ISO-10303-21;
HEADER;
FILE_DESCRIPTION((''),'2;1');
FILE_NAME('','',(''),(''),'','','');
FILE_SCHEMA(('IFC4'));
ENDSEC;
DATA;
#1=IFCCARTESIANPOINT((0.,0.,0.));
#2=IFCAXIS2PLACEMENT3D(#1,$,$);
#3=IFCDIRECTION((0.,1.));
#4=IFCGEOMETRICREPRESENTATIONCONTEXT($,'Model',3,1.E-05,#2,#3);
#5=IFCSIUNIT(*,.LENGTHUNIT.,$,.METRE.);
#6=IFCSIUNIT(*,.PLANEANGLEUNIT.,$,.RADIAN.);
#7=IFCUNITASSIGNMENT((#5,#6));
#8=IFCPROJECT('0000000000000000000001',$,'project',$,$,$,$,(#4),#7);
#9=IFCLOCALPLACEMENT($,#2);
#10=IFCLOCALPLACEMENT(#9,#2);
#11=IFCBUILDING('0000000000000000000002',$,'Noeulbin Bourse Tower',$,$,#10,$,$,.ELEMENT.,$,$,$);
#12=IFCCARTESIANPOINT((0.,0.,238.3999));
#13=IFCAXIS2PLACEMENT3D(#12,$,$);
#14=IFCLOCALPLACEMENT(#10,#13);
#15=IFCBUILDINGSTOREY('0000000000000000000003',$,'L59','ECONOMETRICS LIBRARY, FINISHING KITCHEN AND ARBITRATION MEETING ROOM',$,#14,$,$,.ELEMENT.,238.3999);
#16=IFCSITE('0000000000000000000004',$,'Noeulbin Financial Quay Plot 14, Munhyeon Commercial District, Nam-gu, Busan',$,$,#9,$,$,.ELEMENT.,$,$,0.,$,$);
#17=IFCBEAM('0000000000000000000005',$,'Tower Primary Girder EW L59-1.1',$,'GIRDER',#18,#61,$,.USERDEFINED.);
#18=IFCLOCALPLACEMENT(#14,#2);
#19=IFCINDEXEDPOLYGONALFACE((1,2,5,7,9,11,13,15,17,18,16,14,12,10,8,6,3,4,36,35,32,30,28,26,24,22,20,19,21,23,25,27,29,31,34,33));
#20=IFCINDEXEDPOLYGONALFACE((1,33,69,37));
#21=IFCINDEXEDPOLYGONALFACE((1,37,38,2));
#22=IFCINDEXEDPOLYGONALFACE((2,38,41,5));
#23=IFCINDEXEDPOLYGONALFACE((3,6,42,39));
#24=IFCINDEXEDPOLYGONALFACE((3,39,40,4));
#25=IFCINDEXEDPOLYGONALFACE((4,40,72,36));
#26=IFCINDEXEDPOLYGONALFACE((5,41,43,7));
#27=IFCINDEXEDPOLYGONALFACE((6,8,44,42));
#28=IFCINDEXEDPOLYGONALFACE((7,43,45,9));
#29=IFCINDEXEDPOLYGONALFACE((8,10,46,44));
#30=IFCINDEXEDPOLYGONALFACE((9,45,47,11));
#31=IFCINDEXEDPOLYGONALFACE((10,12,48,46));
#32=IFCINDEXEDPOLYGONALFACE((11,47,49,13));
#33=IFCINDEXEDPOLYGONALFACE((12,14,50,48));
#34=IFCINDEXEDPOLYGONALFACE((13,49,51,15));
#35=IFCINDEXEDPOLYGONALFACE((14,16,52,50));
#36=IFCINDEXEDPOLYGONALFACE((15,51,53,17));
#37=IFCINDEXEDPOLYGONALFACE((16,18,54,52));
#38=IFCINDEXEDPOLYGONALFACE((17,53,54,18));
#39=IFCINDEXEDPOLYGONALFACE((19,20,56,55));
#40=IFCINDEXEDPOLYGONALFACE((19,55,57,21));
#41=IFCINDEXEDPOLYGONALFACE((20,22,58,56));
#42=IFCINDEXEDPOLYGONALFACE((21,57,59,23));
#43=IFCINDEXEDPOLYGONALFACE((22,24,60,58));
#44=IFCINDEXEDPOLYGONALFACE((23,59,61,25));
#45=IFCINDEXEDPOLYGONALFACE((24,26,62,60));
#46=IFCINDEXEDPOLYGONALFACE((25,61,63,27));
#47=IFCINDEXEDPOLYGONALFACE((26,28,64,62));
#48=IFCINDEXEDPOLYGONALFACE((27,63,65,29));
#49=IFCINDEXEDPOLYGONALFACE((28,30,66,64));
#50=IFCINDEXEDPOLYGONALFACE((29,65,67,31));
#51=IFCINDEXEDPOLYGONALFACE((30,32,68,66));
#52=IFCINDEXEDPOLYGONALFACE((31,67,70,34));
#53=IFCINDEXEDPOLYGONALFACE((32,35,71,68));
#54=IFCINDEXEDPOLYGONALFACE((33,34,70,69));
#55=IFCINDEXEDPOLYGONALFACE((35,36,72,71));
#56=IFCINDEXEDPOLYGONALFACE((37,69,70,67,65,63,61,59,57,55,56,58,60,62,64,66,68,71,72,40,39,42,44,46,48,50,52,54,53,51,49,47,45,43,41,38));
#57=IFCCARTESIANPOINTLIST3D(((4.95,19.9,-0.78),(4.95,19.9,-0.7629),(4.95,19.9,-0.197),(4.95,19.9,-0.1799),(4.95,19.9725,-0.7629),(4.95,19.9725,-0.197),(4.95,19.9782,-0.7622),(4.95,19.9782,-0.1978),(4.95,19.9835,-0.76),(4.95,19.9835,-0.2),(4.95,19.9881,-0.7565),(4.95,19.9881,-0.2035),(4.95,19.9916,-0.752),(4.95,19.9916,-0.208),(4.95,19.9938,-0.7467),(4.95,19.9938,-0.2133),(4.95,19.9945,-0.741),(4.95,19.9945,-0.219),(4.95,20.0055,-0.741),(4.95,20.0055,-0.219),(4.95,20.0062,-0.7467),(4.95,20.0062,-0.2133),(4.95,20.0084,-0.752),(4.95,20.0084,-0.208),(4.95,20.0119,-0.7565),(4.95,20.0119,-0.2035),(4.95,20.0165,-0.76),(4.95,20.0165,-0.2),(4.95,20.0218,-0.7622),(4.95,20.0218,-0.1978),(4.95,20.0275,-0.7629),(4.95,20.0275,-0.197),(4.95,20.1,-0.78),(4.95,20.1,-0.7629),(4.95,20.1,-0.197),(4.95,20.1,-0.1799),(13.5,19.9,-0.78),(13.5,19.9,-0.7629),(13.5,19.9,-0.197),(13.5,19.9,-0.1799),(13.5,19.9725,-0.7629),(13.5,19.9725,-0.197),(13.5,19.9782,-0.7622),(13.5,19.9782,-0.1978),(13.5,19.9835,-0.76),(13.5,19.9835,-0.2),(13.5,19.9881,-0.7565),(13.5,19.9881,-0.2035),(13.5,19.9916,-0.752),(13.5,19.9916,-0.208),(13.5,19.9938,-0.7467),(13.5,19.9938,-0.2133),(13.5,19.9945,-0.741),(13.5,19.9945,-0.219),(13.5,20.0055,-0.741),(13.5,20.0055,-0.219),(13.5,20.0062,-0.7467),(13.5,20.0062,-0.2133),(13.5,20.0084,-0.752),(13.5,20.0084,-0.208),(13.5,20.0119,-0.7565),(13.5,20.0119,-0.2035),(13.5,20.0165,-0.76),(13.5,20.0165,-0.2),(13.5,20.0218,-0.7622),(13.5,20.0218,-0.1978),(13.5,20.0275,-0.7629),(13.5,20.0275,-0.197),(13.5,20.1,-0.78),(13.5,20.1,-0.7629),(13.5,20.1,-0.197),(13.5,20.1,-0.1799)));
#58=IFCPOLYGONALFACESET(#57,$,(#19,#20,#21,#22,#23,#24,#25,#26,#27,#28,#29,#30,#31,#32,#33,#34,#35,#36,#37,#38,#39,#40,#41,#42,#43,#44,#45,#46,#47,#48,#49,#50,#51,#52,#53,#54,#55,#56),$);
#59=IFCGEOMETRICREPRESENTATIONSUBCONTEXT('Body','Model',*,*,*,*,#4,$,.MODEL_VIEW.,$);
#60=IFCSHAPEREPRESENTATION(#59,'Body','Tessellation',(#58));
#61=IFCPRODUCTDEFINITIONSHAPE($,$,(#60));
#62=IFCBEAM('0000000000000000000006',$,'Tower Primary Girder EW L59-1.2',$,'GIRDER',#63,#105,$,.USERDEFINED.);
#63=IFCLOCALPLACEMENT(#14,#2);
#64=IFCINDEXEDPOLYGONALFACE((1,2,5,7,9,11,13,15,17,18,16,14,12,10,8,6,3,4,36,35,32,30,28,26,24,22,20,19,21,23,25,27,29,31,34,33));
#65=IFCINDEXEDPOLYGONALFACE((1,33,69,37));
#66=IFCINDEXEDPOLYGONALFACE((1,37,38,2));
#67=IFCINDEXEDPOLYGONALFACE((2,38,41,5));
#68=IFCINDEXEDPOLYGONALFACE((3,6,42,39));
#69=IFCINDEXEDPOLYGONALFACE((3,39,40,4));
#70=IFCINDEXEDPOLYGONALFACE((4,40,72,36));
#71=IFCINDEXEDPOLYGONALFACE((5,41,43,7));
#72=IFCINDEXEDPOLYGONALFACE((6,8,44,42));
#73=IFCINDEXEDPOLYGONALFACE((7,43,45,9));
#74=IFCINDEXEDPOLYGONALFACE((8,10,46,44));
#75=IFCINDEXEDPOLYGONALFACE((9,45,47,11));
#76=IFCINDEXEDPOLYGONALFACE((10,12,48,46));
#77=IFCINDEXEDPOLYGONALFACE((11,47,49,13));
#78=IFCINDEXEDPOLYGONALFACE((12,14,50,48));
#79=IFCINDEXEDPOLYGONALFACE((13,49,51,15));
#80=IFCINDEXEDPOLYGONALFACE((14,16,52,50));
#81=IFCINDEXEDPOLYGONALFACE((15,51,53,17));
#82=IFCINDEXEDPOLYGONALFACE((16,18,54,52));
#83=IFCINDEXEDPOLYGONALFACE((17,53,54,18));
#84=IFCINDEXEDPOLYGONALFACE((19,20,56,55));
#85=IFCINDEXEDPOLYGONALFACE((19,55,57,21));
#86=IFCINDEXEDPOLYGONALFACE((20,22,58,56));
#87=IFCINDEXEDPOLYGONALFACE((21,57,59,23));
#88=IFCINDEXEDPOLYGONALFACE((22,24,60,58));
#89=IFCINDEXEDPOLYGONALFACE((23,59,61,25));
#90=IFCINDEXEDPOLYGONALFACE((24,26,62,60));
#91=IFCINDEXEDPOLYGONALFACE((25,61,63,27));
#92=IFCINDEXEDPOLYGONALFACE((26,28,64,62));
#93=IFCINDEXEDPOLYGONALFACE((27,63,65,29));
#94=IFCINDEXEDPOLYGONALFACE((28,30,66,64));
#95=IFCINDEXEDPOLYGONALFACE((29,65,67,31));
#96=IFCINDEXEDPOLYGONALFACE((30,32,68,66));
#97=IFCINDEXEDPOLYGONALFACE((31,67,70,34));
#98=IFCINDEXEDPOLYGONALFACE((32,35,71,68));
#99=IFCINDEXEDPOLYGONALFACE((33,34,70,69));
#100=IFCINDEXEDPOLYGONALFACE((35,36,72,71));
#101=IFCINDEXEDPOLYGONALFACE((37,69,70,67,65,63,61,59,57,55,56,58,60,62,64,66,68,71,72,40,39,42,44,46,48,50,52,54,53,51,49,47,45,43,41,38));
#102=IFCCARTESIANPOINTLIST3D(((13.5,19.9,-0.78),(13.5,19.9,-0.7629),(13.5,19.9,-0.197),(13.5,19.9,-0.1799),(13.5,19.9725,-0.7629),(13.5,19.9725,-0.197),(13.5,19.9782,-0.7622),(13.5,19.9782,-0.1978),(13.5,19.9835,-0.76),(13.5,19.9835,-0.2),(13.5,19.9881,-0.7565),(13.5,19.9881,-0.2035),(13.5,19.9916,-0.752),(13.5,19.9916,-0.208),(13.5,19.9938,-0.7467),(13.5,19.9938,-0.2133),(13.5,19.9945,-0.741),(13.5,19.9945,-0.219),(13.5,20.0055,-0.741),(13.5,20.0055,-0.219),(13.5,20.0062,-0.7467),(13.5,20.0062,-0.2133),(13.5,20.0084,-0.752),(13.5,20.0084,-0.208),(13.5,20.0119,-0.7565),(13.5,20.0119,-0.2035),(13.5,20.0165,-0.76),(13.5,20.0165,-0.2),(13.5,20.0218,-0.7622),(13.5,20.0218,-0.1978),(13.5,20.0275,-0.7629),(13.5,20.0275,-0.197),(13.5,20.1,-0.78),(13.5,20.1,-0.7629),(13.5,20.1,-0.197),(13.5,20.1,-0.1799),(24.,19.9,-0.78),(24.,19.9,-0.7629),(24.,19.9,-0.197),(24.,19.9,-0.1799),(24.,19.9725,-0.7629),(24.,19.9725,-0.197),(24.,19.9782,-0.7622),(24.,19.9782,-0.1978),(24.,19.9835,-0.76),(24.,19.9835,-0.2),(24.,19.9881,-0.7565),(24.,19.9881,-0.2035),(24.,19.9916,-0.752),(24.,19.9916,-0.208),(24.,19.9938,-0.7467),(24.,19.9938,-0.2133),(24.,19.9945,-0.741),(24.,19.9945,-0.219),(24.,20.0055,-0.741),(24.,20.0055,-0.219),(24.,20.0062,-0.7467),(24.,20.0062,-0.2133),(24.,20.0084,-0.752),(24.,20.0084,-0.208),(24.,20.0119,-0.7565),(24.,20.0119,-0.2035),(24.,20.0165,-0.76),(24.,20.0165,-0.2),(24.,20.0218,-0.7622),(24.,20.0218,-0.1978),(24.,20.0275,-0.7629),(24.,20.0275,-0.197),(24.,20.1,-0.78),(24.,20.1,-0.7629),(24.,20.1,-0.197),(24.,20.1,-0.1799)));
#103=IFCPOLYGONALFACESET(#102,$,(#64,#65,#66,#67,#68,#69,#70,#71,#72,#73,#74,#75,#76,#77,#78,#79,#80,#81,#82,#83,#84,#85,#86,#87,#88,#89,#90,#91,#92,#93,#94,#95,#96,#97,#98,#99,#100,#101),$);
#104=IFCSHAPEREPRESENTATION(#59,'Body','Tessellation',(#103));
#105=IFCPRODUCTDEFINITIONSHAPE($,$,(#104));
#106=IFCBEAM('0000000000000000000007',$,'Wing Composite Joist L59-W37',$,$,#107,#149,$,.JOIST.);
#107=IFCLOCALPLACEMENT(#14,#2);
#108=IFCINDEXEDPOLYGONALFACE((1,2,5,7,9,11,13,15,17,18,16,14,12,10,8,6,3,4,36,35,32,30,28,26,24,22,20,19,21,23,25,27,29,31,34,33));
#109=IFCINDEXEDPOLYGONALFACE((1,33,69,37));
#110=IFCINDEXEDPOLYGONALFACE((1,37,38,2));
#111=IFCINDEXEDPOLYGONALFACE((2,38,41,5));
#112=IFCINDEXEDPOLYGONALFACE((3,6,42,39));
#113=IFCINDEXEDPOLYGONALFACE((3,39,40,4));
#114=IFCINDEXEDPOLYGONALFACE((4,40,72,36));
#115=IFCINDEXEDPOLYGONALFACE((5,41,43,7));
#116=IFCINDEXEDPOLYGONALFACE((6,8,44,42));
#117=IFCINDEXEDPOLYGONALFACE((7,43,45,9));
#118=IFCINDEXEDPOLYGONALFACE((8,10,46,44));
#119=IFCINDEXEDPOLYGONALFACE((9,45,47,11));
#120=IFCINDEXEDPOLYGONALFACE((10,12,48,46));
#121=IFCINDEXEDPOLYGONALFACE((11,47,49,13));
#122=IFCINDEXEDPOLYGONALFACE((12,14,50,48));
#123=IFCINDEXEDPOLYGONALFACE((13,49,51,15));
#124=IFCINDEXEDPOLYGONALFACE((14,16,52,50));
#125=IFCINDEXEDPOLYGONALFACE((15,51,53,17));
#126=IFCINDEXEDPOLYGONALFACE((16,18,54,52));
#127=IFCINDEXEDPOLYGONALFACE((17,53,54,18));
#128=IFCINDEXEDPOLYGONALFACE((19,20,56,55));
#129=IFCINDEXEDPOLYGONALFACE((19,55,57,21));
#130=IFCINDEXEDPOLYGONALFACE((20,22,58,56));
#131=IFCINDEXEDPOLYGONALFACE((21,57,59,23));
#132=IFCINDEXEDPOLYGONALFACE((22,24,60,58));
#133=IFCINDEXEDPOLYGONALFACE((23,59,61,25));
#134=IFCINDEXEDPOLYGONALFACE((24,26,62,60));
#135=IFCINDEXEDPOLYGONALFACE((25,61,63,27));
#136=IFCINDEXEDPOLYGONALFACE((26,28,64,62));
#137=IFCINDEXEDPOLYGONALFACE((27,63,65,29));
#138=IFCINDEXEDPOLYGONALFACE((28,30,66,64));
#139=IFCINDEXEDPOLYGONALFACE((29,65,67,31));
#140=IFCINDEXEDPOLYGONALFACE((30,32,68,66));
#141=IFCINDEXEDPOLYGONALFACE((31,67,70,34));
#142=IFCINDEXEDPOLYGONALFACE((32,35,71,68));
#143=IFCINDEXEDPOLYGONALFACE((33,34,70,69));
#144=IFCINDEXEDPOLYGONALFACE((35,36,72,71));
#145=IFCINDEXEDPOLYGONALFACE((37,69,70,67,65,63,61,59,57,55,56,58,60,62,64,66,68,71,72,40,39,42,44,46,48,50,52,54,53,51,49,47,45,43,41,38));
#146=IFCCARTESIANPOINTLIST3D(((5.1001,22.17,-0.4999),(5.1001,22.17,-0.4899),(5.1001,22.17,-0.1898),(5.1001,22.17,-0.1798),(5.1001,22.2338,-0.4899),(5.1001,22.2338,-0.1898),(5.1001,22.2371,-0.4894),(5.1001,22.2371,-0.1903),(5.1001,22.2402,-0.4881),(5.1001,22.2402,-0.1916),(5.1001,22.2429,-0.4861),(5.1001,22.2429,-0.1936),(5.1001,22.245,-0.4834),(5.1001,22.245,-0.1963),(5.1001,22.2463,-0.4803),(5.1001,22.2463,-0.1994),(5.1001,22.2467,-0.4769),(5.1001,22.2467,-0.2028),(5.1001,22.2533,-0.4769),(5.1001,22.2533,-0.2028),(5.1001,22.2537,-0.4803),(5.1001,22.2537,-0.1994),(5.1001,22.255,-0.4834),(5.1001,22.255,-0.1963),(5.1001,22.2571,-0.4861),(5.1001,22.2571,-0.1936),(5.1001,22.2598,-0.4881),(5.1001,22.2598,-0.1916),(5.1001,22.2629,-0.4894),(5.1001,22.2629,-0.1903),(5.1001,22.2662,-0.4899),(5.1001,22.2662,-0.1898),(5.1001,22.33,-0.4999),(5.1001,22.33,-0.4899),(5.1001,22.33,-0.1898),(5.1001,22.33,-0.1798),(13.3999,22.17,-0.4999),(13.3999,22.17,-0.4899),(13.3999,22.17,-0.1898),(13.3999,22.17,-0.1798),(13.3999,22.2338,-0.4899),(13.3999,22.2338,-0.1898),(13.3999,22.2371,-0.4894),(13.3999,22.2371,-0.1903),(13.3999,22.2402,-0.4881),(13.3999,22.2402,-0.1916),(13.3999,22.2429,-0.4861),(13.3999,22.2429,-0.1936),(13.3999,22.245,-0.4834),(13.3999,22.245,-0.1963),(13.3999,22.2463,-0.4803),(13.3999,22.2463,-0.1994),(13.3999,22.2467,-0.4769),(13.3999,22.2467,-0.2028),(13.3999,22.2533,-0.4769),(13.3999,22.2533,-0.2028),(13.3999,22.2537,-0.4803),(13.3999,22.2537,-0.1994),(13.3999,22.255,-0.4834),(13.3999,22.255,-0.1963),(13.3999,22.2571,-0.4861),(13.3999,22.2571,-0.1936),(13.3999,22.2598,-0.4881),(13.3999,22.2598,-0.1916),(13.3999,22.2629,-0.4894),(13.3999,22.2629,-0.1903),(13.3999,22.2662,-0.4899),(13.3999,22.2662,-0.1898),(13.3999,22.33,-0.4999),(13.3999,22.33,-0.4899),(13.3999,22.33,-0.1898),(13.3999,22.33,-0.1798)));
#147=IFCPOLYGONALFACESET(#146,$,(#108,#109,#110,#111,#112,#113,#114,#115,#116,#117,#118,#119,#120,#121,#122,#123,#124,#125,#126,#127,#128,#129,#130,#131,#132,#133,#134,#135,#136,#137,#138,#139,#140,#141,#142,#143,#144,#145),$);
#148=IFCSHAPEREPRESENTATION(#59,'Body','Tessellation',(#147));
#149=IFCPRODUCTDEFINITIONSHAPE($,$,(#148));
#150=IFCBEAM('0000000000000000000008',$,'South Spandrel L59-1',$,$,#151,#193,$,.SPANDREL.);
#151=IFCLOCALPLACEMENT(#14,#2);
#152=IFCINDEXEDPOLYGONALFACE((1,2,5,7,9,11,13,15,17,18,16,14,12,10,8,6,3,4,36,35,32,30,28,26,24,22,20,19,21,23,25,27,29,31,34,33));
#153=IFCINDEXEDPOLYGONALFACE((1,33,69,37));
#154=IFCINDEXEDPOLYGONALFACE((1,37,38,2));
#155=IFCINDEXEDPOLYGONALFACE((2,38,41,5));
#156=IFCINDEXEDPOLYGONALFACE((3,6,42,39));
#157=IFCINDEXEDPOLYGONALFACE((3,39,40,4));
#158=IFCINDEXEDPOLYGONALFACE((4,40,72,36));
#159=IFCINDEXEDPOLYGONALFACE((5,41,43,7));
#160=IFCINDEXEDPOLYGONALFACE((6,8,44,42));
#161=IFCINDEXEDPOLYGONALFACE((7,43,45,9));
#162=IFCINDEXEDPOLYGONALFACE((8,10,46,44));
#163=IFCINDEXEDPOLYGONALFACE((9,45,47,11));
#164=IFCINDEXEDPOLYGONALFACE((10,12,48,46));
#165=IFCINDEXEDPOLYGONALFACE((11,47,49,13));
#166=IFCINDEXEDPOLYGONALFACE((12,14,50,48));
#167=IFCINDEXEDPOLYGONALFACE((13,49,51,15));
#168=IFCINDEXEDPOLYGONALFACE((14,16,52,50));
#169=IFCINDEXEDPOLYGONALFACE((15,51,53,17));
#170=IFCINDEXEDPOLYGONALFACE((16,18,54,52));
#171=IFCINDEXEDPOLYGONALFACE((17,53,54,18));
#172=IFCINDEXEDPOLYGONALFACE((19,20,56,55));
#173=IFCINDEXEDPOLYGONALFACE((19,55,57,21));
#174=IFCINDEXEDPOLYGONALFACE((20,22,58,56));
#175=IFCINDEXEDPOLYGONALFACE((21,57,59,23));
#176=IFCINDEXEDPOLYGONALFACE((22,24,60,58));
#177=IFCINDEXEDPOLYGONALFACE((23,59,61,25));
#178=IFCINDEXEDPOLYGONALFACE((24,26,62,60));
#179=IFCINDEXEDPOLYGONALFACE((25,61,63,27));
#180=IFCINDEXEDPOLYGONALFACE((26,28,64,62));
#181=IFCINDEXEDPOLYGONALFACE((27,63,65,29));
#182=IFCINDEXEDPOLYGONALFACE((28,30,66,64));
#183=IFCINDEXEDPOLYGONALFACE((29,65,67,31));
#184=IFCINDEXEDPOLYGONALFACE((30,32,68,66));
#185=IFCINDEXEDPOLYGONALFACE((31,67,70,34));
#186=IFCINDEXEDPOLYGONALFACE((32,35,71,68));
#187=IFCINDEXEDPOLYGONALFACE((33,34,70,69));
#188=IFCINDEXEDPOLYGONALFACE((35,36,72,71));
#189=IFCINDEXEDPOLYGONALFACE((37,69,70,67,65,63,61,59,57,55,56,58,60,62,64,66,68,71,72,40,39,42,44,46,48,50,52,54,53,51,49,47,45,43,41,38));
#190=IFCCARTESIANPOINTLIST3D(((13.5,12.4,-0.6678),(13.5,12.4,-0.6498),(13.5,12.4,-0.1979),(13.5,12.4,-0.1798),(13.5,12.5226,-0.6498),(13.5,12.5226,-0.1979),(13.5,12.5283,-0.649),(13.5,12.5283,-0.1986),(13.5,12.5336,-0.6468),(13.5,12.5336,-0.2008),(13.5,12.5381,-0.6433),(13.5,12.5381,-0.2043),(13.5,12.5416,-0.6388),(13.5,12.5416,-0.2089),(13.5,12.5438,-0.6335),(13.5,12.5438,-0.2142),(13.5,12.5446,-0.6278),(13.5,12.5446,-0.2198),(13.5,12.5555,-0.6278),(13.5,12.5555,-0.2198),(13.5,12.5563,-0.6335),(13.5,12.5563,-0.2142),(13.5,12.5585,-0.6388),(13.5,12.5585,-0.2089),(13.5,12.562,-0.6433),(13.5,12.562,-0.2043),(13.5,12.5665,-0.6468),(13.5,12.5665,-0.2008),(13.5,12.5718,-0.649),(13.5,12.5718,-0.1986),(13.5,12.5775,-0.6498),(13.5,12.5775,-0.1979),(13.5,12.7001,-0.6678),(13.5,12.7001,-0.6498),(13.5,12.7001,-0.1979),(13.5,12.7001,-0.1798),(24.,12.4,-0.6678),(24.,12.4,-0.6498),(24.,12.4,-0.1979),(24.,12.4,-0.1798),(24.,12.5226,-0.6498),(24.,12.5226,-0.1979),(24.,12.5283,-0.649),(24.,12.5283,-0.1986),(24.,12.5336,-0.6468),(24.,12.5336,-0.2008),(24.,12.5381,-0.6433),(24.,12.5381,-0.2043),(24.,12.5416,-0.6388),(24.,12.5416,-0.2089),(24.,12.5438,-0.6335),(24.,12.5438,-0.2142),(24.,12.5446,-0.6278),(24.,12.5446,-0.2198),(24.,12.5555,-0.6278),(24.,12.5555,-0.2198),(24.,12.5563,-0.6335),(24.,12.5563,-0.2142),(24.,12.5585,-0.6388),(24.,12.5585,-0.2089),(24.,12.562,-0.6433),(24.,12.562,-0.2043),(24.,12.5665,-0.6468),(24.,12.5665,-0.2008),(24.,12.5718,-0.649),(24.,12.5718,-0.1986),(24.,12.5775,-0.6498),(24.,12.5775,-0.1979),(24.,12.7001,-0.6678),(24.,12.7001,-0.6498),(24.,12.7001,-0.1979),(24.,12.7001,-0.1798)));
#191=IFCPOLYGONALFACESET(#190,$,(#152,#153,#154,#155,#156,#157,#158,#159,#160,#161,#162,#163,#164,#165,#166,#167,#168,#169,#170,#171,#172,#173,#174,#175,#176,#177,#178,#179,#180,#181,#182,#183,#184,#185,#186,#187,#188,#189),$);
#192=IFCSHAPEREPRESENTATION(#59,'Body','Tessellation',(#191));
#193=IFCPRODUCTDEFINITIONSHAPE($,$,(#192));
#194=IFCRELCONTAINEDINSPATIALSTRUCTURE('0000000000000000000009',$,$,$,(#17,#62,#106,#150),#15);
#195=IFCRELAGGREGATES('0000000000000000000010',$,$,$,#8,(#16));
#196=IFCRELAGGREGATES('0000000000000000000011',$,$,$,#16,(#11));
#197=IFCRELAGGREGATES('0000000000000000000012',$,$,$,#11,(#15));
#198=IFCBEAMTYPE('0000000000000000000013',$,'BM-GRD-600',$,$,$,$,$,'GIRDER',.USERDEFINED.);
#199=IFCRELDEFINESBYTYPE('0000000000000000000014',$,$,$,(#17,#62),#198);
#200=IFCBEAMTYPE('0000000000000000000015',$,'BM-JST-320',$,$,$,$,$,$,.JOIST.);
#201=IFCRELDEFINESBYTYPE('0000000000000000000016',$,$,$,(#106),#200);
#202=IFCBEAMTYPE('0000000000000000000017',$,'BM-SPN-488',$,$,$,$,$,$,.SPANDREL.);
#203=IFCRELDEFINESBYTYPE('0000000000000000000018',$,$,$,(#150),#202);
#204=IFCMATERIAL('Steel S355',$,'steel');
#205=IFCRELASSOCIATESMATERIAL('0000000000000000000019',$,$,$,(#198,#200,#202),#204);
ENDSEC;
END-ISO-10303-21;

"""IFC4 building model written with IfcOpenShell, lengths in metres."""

from ifc_helpers import new_model, si_unit, direction, frame, origin, origin_2d, place, context, subcontext, project, spatial, i_section, extrude, material, material_profile, profile_set, type_object, element, save


model = new_model("IFC4")

# Units and contexts
model_context = context("Model", 3, precision=1e-05, world=origin(), true_north=direction((0.0, 1.0)))
body_context = subcontext(model_context, "Body", "Model", "MODEL_VIEW")
ifc_project = project(units=[si_unit("LENGTHUNIT", "METRE"), si_unit("PLANEANGLEUNIT", "RADIAN")], contexts=[model_context])

# Site, building, storey
site_placement = place(None, origin())
site = spatial("IfcSite", under=ifc_project, at=site_placement, Name="Noeulbin Financial Quay Plot 14, Munhyeon Commercial District, Nam-gu, Busan", CompositionType="ELEMENT", RefElevation=0.0)
building_placement = place(site_placement, origin())
building = spatial("IfcBuilding", under=site, at=building_placement, Name="Noeulbin Bourse Tower", CompositionType="ELEMENT")
storey_placement = place(building_placement, frame((0.0, 0.0, 238.3999)))
storey = spatial("IfcBuildingStorey", under=building, at=storey_placement, Name="L59", Description="ECONOMETRICS LIBRARY, FINISHING KITCHEN AND ARBITRATION MEETING ROOM", CompositionType="ELEMENT", Elevation=238.3999)

# Shared definitions
ifc_material_1 = material(Name="Steel S355", Category="steel")

# Beams
ifc_material_profile_1 = material_profile(ifc_material_1, i_section(OverallWidth=0.2, OverallDepth=0.6001, WebThickness=0.011, FlangeThickness=0.0171, FilletRadius=0.022, at=origin_2d()), Name="H-600x200x11x17", Category="LoadBearing")
ifc_profile_set_1 = profile_set([ifc_material_profile_1], Name="Steel S355")
beam_type_1 = type_object("IfcBeamType", Name="BM-GRD-600", ElementType="GIRDER", PredefinedType="USERDEFINED", material=ifc_profile_set_1)
beam_1_placement = place(storey_placement, frame((4.95, 20.0, -0.48), z_axis=(1.0, 0.0, 0.0), x_axis=(0.0, 1.0, 0.0)))
element("IfcBeam", 1, at=beam_1_placement, inside=storey, type_object=beam_type_1, Name="Tower Primary Girder EW L59-1.1", ObjectType="GIRDER", PredefinedType="USERDEFINED", context=body_context, shape_type="SweptSolid", body=[
    extrude(i_section(OverallWidth=0.2, OverallDepth=0.6001, WebThickness=0.011, FlangeThickness=0.0171, FilletRadius=0.022, at=origin_2d()), origin(), (0.0, 0.0, 1.0), 8.55),
])
beam_2_placement = place(storey_placement, frame((13.5, 20.0, -0.48), z_axis=(1.0, 0.0, 0.0), x_axis=(0.0, 1.0, 0.0)))
element("IfcBeam", 2, at=beam_2_placement, inside=storey, type_object=beam_type_1, Name="Tower Primary Girder EW L59-1.2", ObjectType="GIRDER", PredefinedType="USERDEFINED", context=body_context, shape_type="SweptSolid", body=[
    extrude(i_section(OverallWidth=0.2, OverallDepth=0.6001, WebThickness=0.011, FlangeThickness=0.0171, FilletRadius=0.022, at=origin_2d()), origin(), (0.0, 0.0, 1.0), 10.5),
])
ifc_material_profile_2 = material_profile(ifc_material_1, i_section(OverallWidth=0.1599, OverallDepth=0.3201, WebThickness=0.0066, FlangeThickness=0.01, FilletRadius=0.0129, at=origin_2d()), Name="H-320x160x6.5x10", Category="LoadBearing")
ifc_profile_set_2 = profile_set([ifc_material_profile_2], Name="Steel S355")
beam_type_2 = type_object("IfcBeamType", Name="BM-JST-320", PredefinedType="JOIST", material=ifc_profile_set_2)
beam_3_placement = place(storey_placement, frame((5.1001, 22.25, -0.3398), z_axis=(1.0, 0.0, 0.0), x_axis=(0.0, 1.0, 0.0)))
element("IfcBeam", 3, at=beam_3_placement, inside=storey, type_object=beam_type_2, Name="Wing Composite Joist L59-W37", PredefinedType="JOIST", context=body_context, shape_type="SweptSolid", body=[
    extrude(i_section(OverallWidth=0.1599, OverallDepth=0.3201, WebThickness=0.0066, FlangeThickness=0.01, FilletRadius=0.0129, at=origin_2d()), origin(), (0.0, 0.0, 1.0), 8.2998),
])
ifc_material_profile_3 = material_profile(ifc_material_1, i_section(OverallWidth=0.3, OverallDepth=0.488, WebThickness=0.011, FlangeThickness=0.0181, FilletRadius=0.022, at=origin_2d()), Name="H-488x300x11x18", Category="LoadBearing")
ifc_profile_set_3 = profile_set([ifc_material_profile_3], Name="Steel S355")
beam_type_3 = type_object("IfcBeamType", Name="BM-SPN-488", PredefinedType="SPANDREL", material=ifc_profile_set_3)
beam_4_placement = place(storey_placement, frame((13.5, 12.55, -0.4238), z_axis=(1.0, 0.0, 0.0), x_axis=(0.0, 1.0, 0.0)))
element("IfcBeam", 4, at=beam_4_placement, inside=storey, type_object=beam_type_3, Name="South Spandrel L59-1", PredefinedType="SPANDREL", context=body_context, shape_type="SweptSolid", body=[
    extrude(i_section(OverallWidth=0.3, OverallDepth=0.488, WebThickness=0.011, FlangeThickness=0.0181, FilletRadius=0.022, at=origin_2d()), origin(), (0.0, 0.0, 1.0), 10.5),
])

save(model, "model.ifc")
